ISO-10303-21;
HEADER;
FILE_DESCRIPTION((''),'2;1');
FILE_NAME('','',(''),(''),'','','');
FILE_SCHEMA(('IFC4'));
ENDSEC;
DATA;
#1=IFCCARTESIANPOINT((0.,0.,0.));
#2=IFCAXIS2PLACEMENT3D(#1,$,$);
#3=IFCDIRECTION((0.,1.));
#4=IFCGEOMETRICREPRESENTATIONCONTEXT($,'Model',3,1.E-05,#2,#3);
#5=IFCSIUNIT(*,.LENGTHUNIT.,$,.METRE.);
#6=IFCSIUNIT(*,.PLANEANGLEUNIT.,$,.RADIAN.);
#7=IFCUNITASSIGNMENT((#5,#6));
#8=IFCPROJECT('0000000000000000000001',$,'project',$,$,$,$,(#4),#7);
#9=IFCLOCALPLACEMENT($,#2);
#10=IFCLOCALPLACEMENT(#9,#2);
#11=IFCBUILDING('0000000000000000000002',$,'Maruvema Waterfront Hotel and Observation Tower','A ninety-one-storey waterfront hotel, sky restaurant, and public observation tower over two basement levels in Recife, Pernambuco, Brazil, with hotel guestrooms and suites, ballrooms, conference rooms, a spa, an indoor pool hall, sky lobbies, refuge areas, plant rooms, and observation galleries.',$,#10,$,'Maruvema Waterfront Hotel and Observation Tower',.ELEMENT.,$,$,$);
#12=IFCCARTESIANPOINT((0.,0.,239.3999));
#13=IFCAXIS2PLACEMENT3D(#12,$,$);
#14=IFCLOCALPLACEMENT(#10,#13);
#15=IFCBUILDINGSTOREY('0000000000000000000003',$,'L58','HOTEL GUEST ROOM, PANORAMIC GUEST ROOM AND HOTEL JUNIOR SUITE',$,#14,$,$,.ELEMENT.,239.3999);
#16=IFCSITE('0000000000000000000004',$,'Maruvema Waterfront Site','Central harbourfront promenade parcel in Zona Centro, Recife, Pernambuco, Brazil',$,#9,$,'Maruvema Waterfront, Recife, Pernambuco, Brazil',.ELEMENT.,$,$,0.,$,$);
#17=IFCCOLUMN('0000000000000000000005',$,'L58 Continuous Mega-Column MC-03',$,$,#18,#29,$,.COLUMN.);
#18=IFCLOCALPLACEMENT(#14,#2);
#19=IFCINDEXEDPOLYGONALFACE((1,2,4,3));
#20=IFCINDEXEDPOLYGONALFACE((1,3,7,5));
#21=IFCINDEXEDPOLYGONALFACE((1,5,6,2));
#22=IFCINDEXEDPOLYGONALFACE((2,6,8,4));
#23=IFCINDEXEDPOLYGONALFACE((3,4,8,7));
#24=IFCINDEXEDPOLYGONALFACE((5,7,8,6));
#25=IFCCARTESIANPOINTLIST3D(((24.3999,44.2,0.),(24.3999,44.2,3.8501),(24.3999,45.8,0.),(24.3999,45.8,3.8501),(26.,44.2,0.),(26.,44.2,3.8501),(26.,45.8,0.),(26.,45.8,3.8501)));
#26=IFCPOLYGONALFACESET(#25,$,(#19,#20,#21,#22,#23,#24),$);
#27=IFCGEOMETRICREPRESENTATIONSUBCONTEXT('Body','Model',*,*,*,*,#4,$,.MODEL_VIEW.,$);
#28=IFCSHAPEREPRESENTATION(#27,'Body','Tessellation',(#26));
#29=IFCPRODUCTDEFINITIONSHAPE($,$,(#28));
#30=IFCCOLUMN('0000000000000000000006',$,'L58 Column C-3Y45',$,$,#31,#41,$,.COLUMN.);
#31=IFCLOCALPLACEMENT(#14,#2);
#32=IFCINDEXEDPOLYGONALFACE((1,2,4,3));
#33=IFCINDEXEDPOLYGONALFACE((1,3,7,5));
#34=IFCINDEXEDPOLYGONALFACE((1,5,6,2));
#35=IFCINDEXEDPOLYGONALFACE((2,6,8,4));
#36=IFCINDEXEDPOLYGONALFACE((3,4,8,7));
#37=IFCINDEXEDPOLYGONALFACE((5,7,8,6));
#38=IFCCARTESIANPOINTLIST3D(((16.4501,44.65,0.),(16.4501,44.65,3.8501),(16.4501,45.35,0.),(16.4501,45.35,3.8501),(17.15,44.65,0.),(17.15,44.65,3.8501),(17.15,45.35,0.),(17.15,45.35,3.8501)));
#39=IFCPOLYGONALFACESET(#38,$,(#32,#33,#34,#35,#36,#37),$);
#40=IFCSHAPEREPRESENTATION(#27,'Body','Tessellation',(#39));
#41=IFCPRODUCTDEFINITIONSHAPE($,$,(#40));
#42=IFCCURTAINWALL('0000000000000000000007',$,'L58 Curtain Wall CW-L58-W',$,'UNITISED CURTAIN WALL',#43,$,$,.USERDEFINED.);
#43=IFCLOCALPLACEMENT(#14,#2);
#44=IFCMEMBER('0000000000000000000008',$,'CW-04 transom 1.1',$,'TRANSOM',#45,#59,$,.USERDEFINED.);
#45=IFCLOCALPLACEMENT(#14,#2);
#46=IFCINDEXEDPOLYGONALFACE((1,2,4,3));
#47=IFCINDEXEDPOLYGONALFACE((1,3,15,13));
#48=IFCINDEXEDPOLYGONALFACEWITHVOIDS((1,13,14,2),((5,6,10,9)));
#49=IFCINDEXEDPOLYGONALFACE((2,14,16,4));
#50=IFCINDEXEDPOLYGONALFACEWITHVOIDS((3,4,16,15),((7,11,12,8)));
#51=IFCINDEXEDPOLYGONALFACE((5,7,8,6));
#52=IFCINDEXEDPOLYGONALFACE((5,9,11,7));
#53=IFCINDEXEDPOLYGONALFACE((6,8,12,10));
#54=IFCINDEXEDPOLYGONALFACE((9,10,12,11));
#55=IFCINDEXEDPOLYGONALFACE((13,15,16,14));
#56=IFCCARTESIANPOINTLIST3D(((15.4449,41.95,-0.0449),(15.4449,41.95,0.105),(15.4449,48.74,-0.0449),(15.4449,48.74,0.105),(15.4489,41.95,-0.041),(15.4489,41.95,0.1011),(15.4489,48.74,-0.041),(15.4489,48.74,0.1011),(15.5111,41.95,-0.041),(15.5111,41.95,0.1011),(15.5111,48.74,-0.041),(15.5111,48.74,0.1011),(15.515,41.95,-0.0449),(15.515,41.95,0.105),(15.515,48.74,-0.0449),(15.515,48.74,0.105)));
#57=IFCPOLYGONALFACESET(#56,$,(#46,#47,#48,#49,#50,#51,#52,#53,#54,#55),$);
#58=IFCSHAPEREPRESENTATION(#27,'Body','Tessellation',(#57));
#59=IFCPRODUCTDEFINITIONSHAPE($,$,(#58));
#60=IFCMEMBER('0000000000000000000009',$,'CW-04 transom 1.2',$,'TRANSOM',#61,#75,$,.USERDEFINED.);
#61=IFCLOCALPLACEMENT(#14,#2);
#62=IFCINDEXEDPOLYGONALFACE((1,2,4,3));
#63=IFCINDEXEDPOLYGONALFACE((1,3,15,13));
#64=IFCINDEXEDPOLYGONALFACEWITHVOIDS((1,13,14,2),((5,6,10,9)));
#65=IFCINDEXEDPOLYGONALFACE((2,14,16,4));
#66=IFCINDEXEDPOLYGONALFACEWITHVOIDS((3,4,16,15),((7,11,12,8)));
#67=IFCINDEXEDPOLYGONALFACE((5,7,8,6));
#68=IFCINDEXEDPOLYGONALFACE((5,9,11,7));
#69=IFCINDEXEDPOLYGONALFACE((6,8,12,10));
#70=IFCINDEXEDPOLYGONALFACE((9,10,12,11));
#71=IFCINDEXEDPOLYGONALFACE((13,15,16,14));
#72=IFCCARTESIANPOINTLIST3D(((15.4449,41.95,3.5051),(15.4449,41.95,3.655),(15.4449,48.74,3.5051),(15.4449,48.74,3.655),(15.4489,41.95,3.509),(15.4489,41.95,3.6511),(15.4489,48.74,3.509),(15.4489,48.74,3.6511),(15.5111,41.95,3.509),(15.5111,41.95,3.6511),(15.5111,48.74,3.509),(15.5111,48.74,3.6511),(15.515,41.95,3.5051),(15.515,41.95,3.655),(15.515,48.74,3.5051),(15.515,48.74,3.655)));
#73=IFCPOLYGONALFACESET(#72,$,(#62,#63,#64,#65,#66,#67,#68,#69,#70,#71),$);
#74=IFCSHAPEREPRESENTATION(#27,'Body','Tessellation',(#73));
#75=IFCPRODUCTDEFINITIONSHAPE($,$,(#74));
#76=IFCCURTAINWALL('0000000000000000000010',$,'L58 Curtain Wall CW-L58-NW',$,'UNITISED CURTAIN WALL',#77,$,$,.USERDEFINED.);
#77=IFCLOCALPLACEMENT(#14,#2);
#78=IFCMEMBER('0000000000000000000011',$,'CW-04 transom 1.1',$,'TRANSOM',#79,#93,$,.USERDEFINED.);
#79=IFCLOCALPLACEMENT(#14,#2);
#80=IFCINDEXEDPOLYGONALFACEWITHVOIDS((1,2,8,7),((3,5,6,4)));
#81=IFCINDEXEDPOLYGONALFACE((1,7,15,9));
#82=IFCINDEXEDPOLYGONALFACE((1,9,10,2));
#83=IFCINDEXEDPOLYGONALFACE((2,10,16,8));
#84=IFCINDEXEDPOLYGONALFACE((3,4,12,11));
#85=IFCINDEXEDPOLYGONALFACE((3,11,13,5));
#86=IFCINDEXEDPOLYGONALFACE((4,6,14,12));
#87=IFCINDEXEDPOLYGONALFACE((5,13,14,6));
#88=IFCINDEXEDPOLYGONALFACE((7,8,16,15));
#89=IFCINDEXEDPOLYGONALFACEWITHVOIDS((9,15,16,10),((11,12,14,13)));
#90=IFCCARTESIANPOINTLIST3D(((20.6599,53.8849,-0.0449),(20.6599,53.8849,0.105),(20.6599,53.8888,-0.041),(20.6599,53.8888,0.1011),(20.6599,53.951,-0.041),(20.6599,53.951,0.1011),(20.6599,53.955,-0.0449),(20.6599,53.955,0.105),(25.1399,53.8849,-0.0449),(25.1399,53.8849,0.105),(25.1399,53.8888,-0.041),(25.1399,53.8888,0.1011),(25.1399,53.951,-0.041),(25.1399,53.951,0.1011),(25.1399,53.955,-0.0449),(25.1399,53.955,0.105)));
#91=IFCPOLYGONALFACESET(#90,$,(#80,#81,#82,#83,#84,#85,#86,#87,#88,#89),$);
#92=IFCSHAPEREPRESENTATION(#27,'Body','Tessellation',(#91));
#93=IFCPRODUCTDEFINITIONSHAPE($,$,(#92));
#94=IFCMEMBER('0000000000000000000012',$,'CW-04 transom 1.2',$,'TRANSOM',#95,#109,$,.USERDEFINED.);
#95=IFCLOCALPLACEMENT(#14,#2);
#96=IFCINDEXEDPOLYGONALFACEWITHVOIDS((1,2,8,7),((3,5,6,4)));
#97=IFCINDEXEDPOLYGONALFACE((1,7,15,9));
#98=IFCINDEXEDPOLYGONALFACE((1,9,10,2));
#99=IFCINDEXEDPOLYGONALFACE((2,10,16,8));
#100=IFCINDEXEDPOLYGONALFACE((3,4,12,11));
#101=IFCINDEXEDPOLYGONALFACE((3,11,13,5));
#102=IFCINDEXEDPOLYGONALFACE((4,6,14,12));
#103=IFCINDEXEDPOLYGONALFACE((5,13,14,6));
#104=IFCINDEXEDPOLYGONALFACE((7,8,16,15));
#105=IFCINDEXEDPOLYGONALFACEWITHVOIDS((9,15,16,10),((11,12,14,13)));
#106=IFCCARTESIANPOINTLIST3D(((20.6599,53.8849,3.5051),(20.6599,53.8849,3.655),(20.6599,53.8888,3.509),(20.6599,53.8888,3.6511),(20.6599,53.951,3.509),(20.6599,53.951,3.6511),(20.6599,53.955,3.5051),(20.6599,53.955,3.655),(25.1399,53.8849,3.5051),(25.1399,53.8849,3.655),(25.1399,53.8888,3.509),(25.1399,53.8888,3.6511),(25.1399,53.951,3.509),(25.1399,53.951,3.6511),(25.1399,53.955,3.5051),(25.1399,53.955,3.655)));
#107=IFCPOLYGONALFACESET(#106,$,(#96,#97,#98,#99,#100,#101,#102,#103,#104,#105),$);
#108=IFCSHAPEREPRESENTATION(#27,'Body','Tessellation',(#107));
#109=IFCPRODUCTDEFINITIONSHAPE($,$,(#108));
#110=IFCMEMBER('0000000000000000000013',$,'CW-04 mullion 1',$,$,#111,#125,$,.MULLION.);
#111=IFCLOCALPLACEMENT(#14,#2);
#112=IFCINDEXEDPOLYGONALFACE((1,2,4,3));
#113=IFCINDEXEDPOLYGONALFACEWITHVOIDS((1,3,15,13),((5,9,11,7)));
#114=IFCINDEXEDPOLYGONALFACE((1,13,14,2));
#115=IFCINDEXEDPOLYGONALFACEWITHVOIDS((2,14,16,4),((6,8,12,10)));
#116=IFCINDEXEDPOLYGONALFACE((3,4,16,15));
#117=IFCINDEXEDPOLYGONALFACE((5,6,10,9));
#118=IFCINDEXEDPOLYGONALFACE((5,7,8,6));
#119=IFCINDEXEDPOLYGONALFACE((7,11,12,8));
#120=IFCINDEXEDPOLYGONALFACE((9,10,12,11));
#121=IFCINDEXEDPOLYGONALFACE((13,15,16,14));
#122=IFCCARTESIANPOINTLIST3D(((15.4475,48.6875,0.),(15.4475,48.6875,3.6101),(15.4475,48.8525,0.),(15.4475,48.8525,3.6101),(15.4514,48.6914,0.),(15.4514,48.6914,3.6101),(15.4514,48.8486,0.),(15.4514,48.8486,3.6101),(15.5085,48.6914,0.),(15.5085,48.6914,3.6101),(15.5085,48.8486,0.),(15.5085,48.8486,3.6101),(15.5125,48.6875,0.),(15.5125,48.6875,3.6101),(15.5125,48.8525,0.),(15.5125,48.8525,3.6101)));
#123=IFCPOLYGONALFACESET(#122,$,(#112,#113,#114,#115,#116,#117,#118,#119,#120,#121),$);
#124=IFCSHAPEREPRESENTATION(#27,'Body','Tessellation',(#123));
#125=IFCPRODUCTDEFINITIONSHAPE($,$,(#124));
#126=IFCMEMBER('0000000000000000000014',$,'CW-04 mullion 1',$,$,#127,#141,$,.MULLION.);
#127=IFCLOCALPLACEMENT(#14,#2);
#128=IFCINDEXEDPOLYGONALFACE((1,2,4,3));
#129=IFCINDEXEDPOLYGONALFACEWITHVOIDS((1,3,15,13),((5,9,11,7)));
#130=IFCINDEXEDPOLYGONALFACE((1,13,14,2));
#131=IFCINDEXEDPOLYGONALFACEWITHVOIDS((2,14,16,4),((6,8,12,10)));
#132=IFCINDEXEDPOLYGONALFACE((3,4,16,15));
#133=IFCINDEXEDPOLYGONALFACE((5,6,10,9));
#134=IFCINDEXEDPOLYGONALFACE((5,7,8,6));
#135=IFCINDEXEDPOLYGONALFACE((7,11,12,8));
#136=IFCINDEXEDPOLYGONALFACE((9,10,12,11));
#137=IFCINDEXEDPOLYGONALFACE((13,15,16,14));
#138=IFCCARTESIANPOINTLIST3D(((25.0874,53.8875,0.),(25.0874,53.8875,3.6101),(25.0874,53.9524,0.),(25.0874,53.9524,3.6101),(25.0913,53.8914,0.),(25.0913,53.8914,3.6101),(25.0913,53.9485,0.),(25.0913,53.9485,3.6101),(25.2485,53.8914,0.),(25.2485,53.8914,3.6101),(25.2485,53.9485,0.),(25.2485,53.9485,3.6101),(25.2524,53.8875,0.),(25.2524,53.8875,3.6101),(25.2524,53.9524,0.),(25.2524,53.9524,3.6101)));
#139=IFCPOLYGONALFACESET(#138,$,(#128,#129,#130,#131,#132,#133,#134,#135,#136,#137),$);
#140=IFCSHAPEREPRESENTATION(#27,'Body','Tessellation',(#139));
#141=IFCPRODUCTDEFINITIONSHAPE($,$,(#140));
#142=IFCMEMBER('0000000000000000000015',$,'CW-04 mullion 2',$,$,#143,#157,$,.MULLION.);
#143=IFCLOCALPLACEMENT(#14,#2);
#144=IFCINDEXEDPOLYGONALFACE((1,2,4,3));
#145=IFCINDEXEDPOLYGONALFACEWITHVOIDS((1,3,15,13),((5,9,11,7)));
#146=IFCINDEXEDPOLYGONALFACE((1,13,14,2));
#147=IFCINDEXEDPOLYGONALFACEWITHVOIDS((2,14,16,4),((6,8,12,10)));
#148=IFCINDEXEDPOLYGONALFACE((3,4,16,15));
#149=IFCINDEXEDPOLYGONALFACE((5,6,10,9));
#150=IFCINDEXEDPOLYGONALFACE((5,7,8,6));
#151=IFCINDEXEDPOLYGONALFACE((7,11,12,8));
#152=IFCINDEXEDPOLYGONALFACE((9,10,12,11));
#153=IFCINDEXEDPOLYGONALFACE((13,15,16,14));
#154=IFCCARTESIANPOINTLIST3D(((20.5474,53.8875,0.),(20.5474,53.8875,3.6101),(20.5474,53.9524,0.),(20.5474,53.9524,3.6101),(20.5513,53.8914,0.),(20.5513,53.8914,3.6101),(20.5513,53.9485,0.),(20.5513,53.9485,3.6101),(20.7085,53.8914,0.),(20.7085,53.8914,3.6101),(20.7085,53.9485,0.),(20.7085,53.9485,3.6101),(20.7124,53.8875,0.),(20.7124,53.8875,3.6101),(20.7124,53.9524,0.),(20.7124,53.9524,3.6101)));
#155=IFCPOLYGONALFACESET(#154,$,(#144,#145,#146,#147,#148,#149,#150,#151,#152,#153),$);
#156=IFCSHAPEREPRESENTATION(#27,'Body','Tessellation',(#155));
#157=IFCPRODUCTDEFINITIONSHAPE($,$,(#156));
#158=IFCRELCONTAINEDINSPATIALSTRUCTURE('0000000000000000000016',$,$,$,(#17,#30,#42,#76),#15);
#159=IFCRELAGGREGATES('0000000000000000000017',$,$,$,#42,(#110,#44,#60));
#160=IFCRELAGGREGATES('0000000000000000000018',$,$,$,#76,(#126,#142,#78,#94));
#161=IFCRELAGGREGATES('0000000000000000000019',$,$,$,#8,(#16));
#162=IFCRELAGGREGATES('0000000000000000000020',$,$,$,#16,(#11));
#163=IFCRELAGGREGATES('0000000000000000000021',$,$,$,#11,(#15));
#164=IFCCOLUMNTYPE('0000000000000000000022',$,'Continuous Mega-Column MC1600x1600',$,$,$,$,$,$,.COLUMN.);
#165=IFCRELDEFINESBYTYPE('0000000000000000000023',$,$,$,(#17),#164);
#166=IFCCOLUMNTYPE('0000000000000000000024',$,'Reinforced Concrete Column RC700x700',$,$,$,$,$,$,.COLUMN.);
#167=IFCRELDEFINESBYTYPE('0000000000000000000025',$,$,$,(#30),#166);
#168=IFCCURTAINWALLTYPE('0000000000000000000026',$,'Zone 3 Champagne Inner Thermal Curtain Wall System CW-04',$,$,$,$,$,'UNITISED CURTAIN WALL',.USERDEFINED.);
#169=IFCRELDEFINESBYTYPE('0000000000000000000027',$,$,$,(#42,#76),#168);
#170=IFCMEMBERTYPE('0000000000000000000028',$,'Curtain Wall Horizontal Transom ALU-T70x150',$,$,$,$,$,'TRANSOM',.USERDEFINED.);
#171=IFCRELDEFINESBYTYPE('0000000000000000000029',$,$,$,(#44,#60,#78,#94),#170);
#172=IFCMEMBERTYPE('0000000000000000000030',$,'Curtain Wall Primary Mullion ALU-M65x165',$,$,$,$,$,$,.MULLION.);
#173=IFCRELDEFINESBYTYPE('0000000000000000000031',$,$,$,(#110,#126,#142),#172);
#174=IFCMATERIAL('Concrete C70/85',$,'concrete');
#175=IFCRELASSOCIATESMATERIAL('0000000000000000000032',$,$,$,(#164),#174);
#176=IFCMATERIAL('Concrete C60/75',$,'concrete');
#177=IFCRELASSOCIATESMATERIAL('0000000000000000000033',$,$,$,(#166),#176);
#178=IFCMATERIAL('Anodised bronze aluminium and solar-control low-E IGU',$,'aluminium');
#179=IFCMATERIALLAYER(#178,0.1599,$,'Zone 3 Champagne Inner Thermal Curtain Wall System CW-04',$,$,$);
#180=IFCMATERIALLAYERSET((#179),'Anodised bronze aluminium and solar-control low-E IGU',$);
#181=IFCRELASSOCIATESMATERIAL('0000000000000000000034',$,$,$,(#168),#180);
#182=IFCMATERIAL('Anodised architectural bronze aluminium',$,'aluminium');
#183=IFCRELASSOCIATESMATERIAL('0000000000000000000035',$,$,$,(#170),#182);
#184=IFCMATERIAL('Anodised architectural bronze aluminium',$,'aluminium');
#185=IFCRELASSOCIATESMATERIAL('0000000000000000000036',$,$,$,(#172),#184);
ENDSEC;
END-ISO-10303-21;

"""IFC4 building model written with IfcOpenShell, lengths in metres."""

from ifc_helpers import new_model, si_unit, direction, frame, origin, origin_2d, place, context, subcontext, project, spatial, rectangle, hollow_rectangle, extrude, material, layer, layer_set, material_profile, profile_set, type_object, element, aggregate, save


model = new_model("IFC4")

# Units and contexts
model_context = context("Model", 3, precision=1e-05, world=origin(), true_north=direction((0.0, 1.0)))
body_context = subcontext(model_context, "Body", "Model", "MODEL_VIEW")
ifc_project = project(units=[si_unit("LENGTHUNIT", "METRE"), si_unit("PLANEANGLEUNIT", "RADIAN")], contexts=[model_context])

# Site, building, storey
site_placement = place(None, origin())
site = spatial("IfcSite", under=ifc_project, at=site_placement, Name="Maruvema Waterfront Site", Description="Central harbourfront promenade parcel in Zona Centro, Recife, Pernambuco, Brazil", LongName="Maruvema Waterfront, Recife, Pernambuco, Brazil", CompositionType="ELEMENT", RefElevation=0.0)
building_placement = place(site_placement, origin())
building = spatial("IfcBuilding", under=site, at=building_placement, Name="Maruvema Waterfront Hotel and Observation Tower", Description="A ninety-one-storey waterfront hotel, sky restaurant, and public observation tower over two basement levels in Recife, Pernambuco, Brazil, with hotel guestrooms and suites, ballrooms, conference rooms, a spa, an indoor pool hall, sky lobbies, refuge areas, plant rooms, and observation galleries.", LongName="Maruvema Waterfront Hotel and Observation Tower", CompositionType="ELEMENT")
storey_placement = place(building_placement, frame((0.0, 0.0, 239.3999)))
storey = spatial("IfcBuildingStorey", under=building, at=storey_placement, Name="L58", Description="HOTEL GUEST ROOM, PANORAMIC GUEST ROOM AND HOTEL JUNIOR SUITE", CompositionType="ELEMENT", Elevation=239.3999)

# Columns
ifc_material_1 = material(Name="Concrete C70/85", Category="concrete")
ifc_material_profile_1 = material_profile(ifc_material_1, rectangle(XDim=1.6001, YDim=1.6001, at=origin_2d()), Name="MC1600x1600")
ifc_profile_set_1 = profile_set([ifc_material_profile_1], Name="Concrete C70/85")
column_type_1 = type_object("IfcColumnType", Name="Continuous Mega-Column MC1600x1600", PredefinedType="COLUMN", material=ifc_profile_set_1)
column_1_placement = place(storey_placement, frame((25.2, 45.0, 0.0), z_axis=(0.0, 0.0, 1.0), x_axis=(1.0, 0.0, 0.0)))
element("IfcColumn", 1, at=column_1_placement, inside=storey, type_object=column_type_1, Name="L58 Continuous Mega-Column MC-03", PredefinedType="COLUMN", context=body_context, shape_type="SweptSolid", body=[
    extrude(rectangle(XDim=1.6001, YDim=1.6001, at=origin_2d()), origin(), (0.0, 0.0, 1.0), 3.8501),
])
ifc_material_2 = material(Name="Concrete C60/75", Category="concrete")
ifc_material_profile_2 = material_profile(ifc_material_2, rectangle(XDim=0.7, YDim=0.7, at=origin_2d()), Name="RC700x700")
ifc_profile_set_2 = profile_set([ifc_material_profile_2], Name="Concrete C60/75")
column_type_2 = type_object("IfcColumnType", Name="Reinforced Concrete Column RC700x700", PredefinedType="COLUMN", material=ifc_profile_set_2)
column_2_placement = place(storey_placement, frame((16.8, 45.0, 0.0), z_axis=(0.0, 0.0, 1.0), x_axis=(1.0, 0.0, 0.0)))
element("IfcColumn", 2, at=column_2_placement, inside=storey, type_object=column_type_2, Name="L58 Column C-3Y45", PredefinedType="COLUMN", context=body_context, shape_type="SweptSolid", body=[
    extrude(rectangle(XDim=0.7, YDim=0.7, at=origin_2d()), origin(), (0.0, 0.0, 1.0), 3.8501),
])

# Curtain walls, members
ifc_material_3 = material(Name="Anodised bronze aluminium and solar-control low-E IGU", Category="aluminium")
ifc_layer_1 = layer(ifc_material_3, 0.1599, Name="Zone 3 Champagne Inner Thermal Curtain Wall System CW-04")
ifc_layer_set_1 = layer_set([ifc_layer_1], Name="Anodised bronze aluminium and solar-control low-E IGU")
curtain_wall_type = type_object("IfcCurtainWallType", Name="Zone 3 Champagne Inner Thermal Curtain Wall System CW-04", ElementType="UNITISED CURTAIN WALL", PredefinedType="USERDEFINED", material=ifc_layer_set_1)
curtain_wall_1_placement = place(storey_placement, origin())
curtain_wall_1 = element("IfcCurtainWall", 3, at=curtain_wall_1_placement, inside=storey, type_object=curtain_wall_type, Name="L58 Curtain Wall CW-L58-W", ObjectType="UNITISED CURTAIN WALL", PredefinedType="USERDEFINED")
ifc_material_4 = material(Name="Anodised architectural bronze aluminium", Category="aluminium")
ifc_material_profile_3 = material_profile(ifc_material_4, hollow_rectangle(XDim=0.0701, YDim=0.1499, WallThickness=0.0039, at=origin_2d()), Name="ALU-T70x150")
ifc_profile_set_3 = profile_set([ifc_material_profile_3], Name="Anodised architectural bronze aluminium")
member_type_1 = type_object("IfcMemberType", Name="Curtain Wall Horizontal Transom ALU-T70x150", ElementType="TRANSOM", PredefinedType="USERDEFINED", material=ifc_profile_set_3)
member_1_placement = place(storey_placement, frame((15.48, 48.74, 0.03), z_axis=(0.0, -1.0, 0.0), x_axis=(1.0, 0.0, 0.0)))
member_1 = element("IfcMember", 4, at=member_1_placement, type_object=member_type_1, Name="CW-04 transom 1.1", ObjectType="TRANSOM", PredefinedType="USERDEFINED", context=body_context, shape_type="SweptSolid", body=[
    extrude(hollow_rectangle(XDim=0.0701, YDim=0.1499, WallThickness=0.0039, at=origin_2d()), origin(), (0.0, 0.0, 1.0), 6.79),
])
member_2_placement = place(storey_placement, frame((15.48, 48.74, 3.5801), z_axis=(0.0, -1.0, 0.0), x_axis=(1.0, 0.0, 0.0)))
member_2 = element("IfcMember", 5, at=member_2_placement, type_object=member_type_1, Name="CW-04 transom 1.2", ObjectType="TRANSOM", PredefinedType="USERDEFINED", context=body_context, shape_type="SweptSolid", body=[
    extrude(hollow_rectangle(XDim=0.0701, YDim=0.1499, WallThickness=0.0039, at=origin_2d()), origin(), (0.0, 0.0, 1.0), 6.79),
])
curtain_wall_2_placement = place(storey_placement, origin())
curtain_wall_2 = element("IfcCurtainWall", 6, at=curtain_wall_2_placement, inside=storey, type_object=curtain_wall_type, Name="L58 Curtain Wall CW-L58-NW", ObjectType="UNITISED CURTAIN WALL", PredefinedType="USERDEFINED")
member_3_placement = place(storey_placement, frame((25.1399, 53.9199, 0.03), z_axis=(-1.0, 0.0, 0.0), x_axis=(0.0, -1.0, 0.0)))
member_3 = element("IfcMember", 7, at=member_3_placement, type_object=member_type_1, Name="CW-04 transom 1.1", ObjectType="TRANSOM", PredefinedType="USERDEFINED", context=body_context, shape_type="SweptSolid", body=[
    extrude(hollow_rectangle(XDim=0.0701, YDim=0.1499, WallThickness=0.0039, at=origin_2d()), origin(), (0.0, 0.0, 1.0), 4.48),
])
member_4_placement = place(storey_placement, frame((25.1399, 53.9199, 3.5801), z_axis=(-1.0, 0.0, 0.0), x_axis=(0.0, -1.0, 0.0)))
member_4 = element("IfcMember", 8, at=member_4_placement, type_object=member_type_1, Name="CW-04 transom 1.2", ObjectType="TRANSOM", PredefinedType="USERDEFINED", context=body_context, shape_type="SweptSolid", body=[
    extrude(hollow_rectangle(XDim=0.0701, YDim=0.1499, WallThickness=0.0039, at=origin_2d()), origin(), (0.0, 0.0, 1.0), 4.48),
])

# Members
ifc_material_5 = material(Name="Anodised architectural bronze aluminium", Category="aluminium")
ifc_material_profile_4 = material_profile(ifc_material_5, hollow_rectangle(XDim=0.0649, YDim=0.165, WallThickness=0.0039, at=origin_2d()), Name="ALU-M65x165")
ifc_profile_set_4 = profile_set([ifc_material_profile_4], Name="Anodised architectural bronze aluminium")
member_type_2 = type_object("IfcMemberType", Name="Curtain Wall Primary Mullion ALU-M65x165", PredefinedType="MULLION", material=ifc_profile_set_4)
member_5_placement = place(storey_placement, frame((15.48, 48.77, 0.0), z_axis=(0.0, 0.0, 1.0), x_axis=(1.0, 0.0, 0.0)))
member_5 = element("IfcMember", 9, at=member_5_placement, type_object=member_type_2, Name="CW-04 mullion 1", PredefinedType="MULLION", context=body_context, shape_type="SweptSolid", body=[
    extrude(hollow_rectangle(XDim=0.0649, YDim=0.165, WallThickness=0.0039, at=origin_2d()), origin(), (0.0, 0.0, 1.0), 3.6101),
])
member_6_placement = place(storey_placement, frame((25.1699, 53.9199, 0.0), z_axis=(0.0, 0.0, 1.0), x_axis=(0.0, -1.0, 0.0)))
member_6 = element("IfcMember", 10, at=member_6_placement, type_object=member_type_2, Name="CW-04 mullion 1", PredefinedType="MULLION", context=body_context, shape_type="SweptSolid", body=[
    extrude(hollow_rectangle(XDim=0.0649, YDim=0.165, WallThickness=0.0039, at=origin_2d()), origin(), (0.0, 0.0, 1.0), 3.6101),
])
member_7_placement = place(storey_placement, frame((20.6299, 53.9199, 0.0), z_axis=(0.0, 0.0, 1.0), x_axis=(0.0, -1.0, 0.0)))
member_7 = element("IfcMember", 11, at=member_7_placement, type_object=member_type_2, Name="CW-04 mullion 2", PredefinedType="MULLION", context=body_context, shape_type="SweptSolid", body=[
    extrude(hollow_rectangle(XDim=0.0649, YDim=0.165, WallThickness=0.0039, at=origin_2d()), origin(), (0.0, 0.0, 1.0), 3.6101),
])

aggregate(curtain_wall_1, [member_5, member_1, member_2])
aggregate(curtain_wall_2, [member_6, member_7, member_3, member_4])

save(model, "model.ifc")
